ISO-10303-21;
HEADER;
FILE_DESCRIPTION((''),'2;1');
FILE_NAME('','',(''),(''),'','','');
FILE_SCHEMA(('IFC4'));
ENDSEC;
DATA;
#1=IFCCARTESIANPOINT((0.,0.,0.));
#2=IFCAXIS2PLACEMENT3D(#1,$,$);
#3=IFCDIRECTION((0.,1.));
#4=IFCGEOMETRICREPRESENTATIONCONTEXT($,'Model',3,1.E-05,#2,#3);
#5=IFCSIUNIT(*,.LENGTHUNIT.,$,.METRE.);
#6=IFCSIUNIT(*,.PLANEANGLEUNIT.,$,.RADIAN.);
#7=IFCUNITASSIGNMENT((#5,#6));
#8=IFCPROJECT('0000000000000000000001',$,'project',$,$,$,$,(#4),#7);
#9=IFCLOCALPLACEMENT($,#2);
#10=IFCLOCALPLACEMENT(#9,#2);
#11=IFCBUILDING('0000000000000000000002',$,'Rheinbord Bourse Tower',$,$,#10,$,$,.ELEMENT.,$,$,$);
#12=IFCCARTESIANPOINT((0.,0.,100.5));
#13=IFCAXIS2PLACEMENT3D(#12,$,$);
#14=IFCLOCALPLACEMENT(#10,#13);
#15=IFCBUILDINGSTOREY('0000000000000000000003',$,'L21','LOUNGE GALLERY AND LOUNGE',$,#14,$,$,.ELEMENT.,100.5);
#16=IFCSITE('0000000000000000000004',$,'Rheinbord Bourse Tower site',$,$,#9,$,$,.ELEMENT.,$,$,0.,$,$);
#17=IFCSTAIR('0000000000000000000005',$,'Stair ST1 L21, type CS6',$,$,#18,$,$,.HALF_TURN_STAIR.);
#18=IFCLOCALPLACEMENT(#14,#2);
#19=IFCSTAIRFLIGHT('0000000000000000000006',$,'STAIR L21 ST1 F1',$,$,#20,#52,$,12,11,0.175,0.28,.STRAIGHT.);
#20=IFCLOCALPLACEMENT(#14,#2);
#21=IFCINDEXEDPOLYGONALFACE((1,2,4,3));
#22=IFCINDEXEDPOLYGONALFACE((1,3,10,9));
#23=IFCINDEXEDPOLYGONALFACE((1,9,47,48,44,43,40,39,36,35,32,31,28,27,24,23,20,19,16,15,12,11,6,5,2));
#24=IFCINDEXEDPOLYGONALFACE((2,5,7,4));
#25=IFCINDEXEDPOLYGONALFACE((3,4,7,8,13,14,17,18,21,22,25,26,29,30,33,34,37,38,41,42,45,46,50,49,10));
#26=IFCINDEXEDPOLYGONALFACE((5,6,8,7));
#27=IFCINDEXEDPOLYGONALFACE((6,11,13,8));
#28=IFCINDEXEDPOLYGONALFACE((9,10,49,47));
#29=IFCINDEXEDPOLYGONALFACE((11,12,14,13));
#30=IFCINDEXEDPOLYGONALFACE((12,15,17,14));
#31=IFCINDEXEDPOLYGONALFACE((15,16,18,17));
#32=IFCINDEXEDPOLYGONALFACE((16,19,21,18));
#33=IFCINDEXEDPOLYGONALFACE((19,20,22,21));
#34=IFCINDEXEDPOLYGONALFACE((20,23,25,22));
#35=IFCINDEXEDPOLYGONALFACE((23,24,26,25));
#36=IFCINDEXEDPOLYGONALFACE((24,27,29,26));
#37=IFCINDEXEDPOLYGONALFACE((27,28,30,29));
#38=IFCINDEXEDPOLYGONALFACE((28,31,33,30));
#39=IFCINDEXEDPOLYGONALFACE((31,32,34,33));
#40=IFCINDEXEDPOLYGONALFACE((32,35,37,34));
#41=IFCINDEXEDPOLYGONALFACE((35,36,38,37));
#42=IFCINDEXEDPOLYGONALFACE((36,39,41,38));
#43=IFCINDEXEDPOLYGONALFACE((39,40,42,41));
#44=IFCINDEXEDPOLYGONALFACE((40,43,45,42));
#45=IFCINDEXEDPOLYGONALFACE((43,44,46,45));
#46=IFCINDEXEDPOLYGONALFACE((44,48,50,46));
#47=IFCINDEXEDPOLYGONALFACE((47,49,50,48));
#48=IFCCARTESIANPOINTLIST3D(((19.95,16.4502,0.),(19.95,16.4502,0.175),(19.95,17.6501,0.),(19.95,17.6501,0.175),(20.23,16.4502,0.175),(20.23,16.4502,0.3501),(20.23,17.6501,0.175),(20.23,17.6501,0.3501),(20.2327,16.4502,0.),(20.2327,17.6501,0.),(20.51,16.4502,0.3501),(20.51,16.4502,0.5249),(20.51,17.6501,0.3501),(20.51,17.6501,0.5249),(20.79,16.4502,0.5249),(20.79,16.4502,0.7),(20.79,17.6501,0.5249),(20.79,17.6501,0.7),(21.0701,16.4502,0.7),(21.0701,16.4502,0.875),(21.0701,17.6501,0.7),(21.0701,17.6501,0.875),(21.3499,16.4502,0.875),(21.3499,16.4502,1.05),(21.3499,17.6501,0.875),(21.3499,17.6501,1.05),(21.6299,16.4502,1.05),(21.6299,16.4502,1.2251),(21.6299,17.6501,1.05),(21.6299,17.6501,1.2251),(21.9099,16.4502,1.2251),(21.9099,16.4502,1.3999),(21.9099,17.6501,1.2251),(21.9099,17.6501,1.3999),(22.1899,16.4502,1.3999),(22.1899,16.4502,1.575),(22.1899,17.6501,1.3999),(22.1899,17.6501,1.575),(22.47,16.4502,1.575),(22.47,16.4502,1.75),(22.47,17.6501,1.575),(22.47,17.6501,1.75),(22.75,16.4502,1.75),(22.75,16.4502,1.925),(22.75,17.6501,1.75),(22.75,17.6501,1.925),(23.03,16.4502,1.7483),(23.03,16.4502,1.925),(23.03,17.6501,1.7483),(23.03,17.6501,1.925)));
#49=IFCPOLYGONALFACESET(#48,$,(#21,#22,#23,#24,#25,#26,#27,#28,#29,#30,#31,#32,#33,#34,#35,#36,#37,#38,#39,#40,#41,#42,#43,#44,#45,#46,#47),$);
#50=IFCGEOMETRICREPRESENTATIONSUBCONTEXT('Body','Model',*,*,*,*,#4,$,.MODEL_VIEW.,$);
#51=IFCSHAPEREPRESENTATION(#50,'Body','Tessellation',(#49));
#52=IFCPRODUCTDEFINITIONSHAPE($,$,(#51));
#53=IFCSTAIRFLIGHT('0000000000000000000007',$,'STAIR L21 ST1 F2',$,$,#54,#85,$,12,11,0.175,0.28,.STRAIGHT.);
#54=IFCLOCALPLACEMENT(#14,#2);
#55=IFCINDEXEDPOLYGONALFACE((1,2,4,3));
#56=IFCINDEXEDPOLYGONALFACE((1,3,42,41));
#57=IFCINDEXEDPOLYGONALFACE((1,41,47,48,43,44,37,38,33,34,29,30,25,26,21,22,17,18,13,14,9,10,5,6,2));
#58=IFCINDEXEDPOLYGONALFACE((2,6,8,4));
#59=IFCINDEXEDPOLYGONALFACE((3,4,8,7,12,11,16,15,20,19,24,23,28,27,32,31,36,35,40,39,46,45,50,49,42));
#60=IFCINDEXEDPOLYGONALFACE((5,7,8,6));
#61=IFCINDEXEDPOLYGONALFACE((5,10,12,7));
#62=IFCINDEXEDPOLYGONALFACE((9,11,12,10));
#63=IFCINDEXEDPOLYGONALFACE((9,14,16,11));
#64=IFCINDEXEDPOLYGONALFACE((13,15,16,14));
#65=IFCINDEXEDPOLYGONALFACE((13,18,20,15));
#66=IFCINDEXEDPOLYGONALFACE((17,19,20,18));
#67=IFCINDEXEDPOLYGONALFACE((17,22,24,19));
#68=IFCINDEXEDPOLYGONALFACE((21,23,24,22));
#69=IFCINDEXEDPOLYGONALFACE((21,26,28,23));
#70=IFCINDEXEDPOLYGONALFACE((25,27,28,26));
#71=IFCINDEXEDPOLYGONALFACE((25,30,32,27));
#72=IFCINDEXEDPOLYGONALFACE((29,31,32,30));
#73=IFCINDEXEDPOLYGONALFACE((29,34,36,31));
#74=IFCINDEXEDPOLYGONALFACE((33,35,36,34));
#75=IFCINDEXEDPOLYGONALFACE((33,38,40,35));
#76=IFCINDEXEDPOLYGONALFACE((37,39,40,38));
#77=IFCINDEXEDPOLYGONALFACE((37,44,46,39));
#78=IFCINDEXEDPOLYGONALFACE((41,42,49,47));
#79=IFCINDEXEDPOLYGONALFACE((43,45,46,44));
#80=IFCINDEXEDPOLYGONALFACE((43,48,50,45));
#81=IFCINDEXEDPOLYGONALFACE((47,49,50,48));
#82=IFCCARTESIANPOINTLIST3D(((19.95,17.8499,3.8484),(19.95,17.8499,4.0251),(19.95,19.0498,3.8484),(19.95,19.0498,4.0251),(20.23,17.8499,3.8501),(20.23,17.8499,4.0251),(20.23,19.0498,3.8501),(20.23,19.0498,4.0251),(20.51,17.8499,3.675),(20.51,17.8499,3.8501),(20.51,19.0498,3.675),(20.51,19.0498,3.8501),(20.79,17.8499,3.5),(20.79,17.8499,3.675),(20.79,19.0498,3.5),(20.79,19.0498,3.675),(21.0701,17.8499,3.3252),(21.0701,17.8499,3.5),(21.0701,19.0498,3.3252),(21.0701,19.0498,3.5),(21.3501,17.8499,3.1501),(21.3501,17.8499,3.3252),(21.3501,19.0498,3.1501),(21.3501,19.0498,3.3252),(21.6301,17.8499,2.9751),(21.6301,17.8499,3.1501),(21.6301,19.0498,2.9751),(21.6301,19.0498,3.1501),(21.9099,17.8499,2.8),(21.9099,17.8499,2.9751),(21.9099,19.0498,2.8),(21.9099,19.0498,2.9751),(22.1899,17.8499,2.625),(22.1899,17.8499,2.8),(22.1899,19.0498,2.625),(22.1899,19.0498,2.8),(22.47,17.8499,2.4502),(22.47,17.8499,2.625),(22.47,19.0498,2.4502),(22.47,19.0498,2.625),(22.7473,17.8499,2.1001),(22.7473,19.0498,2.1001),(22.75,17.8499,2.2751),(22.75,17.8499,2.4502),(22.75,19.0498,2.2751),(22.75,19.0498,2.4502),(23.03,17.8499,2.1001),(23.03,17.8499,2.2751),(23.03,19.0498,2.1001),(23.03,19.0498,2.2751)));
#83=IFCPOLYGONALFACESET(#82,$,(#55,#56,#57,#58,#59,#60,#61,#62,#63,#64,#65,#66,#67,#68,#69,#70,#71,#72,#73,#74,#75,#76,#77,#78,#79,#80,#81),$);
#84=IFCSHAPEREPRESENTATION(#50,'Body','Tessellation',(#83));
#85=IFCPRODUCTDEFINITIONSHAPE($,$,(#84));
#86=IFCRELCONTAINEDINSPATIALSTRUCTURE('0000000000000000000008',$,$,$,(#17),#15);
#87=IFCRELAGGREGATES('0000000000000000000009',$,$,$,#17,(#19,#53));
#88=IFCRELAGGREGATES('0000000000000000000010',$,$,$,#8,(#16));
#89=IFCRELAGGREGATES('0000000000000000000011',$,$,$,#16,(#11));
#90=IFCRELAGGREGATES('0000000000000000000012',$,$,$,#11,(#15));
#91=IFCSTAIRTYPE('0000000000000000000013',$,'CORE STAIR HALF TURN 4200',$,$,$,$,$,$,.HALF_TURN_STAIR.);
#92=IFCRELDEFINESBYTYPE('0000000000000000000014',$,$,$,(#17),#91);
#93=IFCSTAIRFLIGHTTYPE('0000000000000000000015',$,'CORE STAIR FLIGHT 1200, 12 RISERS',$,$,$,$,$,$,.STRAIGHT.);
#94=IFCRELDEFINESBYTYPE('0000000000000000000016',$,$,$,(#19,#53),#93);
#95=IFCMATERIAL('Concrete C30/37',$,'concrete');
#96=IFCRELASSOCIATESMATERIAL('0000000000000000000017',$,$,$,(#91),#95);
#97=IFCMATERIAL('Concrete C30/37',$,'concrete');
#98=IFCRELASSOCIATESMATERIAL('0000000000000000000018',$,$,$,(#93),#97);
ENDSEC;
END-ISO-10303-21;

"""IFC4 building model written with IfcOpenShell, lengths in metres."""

from ifc_helpers import new_model, si_unit, direction, frame, origin, place, context, subcontext, project, spatial, polyline, outline, extrude, material, type_object, element, aggregate, save


model = new_model("IFC4")

# Units and contexts
model_context = context("Model", 3, precision=1e-05, world=origin(), true_north=direction((0.0, 1.0)))
body_context = subcontext(model_context, "Body", "Model", "MODEL_VIEW")
ifc_project = project(units=[si_unit("LENGTHUNIT", "METRE"), si_unit("PLANEANGLEUNIT", "RADIAN")], contexts=[model_context])

# Site, building, storey
site_placement = place(None, origin())
site = spatial("IfcSite", under=ifc_project, at=site_placement, Name="Rheinbord Bourse Tower site", CompositionType="ELEMENT", RefElevation=0.0)
building_placement = place(site_placement, origin())
building = spatial("IfcBuilding", under=site, at=building_placement, Name="Rheinbord Bourse Tower", CompositionType="ELEMENT")
storey_placement = place(building_placement, frame((0.0, 0.0, 100.5)))
storey = spatial("IfcBuildingStorey", under=building, at=storey_placement, Name="L21", Description="LOUNGE GALLERY AND LOUNGE", CompositionType="ELEMENT", Elevation=100.5)

# Stair, stair flights
ifc_material_1 = material(Name="Concrete C30/37", Category="concrete")
stair_type = type_object("IfcStairType", Name="CORE STAIR HALF TURN 4200", PredefinedType="HALF_TURN_STAIR", material=ifc_material_1)
stair_placement = place(storey_placement, origin())
stair = element("IfcStair", 1, at=stair_placement, inside=storey, type_object=stair_type, Name="Stair ST1 L21, type CS6", PredefinedType="HALF_TURN_STAIR")
ifc_material_2 = material(Name="Concrete C30/37", Category="concrete")
stair_flight_type = type_object("IfcStairFlightType", Name="CORE STAIR FLIGHT 1200, 12 RISERS", PredefinedType="STRAIGHT", material=ifc_material_2)
stair_flight_1_placement = place(storey_placement, frame((19.95, 17.05, 0.0), z_axis=(0.0, 0.0, 1.0), x_axis=(1.0, 0.0, 0.0)))
stair_flight_1 = element("IfcStairFlight", 2, at=stair_flight_1_placement, type_object=stair_flight_type, Name="STAIR L21 ST1 F1", NumberOfRisers=12, NumberOfTreads=11, PredefinedType="STRAIGHT", RiserHeight=0.175, TreadLength=0.28, context=body_context, shape_type="SweptSolid", body=[
    extrude(outline(polyline([(0.0, 0.0), (0.0, 0.175), (0.28, 0.175), (0.28, 0.3501), (0.5601, 0.3501), (0.5601, 0.5249), (0.8401, 0.5249), (0.8401, 0.7), (1.1201, 0.7), (1.1201, 0.875), (1.3999, 0.875), (1.3999, 1.05), (1.6799, 1.05), (1.6799, 1.2251), (1.96, 1.2251), (1.96, 1.3999), (2.24, 1.3999), (2.24, 1.575), (2.52, 1.575), (2.52, 1.75), (2.8, 1.75), (2.8, 1.925), (3.0801, 1.925), (3.0801, 2.1001), (3.0801, 1.7483), (0.2827, 0.0), (0.0, 0.0)])), frame((0.0, 0.6001, 0.0), z_axis=(0.0, -1.0, 0.0), x_axis=(1.0, 0.0, 0.0)), (0.0, 0.0, 1.0), 1.2),
])
stair_flight_2_placement = place(storey_placement, frame((23.03, 18.45, 2.1001), z_axis=(0.0, 0.0, 1.0), x_axis=(-1.0, 0.0, 0.0)))
stair_flight_2 = element("IfcStairFlight", 3, at=stair_flight_2_placement, type_object=stair_flight_type, Name="STAIR L21 ST1 F2", NumberOfRisers=12, NumberOfTreads=11, PredefinedType="STRAIGHT", RiserHeight=0.175, TreadLength=0.28, context=body_context, shape_type="SweptSolid", body=[
    extrude(outline(polyline([(0.0, 0.0), (0.0, 0.175), (0.28, 0.175), (0.28, 0.3501), (0.5601, 0.3501), (0.5601, 0.5249), (0.8401, 0.5249), (0.8401, 0.7), (1.1201, 0.7), (1.1201, 0.875), (1.3999, 0.875), (1.3999, 1.05), (1.6799, 1.05), (1.6799, 1.2251), (1.96, 1.2251), (1.96, 1.3999), (2.24, 1.3999), (2.24, 1.575), (2.52, 1.575), (2.52, 1.75), (2.8, 1.75), (2.8, 1.925), (3.0801, 1.925), (3.0801, 2.1001), (3.0801, 1.7483), (0.2827, 0.0), (0.0, 0.0)])), frame((0.0, 0.6001, 0.0), z_axis=(0.0, -1.0, 0.0), x_axis=(1.0, 0.0, 0.0)), (0.0, 0.0, 1.0), 1.2),
])
aggregate(stair, [stair_flight_1, stair_flight_2])

save(model, "model.ifc")
